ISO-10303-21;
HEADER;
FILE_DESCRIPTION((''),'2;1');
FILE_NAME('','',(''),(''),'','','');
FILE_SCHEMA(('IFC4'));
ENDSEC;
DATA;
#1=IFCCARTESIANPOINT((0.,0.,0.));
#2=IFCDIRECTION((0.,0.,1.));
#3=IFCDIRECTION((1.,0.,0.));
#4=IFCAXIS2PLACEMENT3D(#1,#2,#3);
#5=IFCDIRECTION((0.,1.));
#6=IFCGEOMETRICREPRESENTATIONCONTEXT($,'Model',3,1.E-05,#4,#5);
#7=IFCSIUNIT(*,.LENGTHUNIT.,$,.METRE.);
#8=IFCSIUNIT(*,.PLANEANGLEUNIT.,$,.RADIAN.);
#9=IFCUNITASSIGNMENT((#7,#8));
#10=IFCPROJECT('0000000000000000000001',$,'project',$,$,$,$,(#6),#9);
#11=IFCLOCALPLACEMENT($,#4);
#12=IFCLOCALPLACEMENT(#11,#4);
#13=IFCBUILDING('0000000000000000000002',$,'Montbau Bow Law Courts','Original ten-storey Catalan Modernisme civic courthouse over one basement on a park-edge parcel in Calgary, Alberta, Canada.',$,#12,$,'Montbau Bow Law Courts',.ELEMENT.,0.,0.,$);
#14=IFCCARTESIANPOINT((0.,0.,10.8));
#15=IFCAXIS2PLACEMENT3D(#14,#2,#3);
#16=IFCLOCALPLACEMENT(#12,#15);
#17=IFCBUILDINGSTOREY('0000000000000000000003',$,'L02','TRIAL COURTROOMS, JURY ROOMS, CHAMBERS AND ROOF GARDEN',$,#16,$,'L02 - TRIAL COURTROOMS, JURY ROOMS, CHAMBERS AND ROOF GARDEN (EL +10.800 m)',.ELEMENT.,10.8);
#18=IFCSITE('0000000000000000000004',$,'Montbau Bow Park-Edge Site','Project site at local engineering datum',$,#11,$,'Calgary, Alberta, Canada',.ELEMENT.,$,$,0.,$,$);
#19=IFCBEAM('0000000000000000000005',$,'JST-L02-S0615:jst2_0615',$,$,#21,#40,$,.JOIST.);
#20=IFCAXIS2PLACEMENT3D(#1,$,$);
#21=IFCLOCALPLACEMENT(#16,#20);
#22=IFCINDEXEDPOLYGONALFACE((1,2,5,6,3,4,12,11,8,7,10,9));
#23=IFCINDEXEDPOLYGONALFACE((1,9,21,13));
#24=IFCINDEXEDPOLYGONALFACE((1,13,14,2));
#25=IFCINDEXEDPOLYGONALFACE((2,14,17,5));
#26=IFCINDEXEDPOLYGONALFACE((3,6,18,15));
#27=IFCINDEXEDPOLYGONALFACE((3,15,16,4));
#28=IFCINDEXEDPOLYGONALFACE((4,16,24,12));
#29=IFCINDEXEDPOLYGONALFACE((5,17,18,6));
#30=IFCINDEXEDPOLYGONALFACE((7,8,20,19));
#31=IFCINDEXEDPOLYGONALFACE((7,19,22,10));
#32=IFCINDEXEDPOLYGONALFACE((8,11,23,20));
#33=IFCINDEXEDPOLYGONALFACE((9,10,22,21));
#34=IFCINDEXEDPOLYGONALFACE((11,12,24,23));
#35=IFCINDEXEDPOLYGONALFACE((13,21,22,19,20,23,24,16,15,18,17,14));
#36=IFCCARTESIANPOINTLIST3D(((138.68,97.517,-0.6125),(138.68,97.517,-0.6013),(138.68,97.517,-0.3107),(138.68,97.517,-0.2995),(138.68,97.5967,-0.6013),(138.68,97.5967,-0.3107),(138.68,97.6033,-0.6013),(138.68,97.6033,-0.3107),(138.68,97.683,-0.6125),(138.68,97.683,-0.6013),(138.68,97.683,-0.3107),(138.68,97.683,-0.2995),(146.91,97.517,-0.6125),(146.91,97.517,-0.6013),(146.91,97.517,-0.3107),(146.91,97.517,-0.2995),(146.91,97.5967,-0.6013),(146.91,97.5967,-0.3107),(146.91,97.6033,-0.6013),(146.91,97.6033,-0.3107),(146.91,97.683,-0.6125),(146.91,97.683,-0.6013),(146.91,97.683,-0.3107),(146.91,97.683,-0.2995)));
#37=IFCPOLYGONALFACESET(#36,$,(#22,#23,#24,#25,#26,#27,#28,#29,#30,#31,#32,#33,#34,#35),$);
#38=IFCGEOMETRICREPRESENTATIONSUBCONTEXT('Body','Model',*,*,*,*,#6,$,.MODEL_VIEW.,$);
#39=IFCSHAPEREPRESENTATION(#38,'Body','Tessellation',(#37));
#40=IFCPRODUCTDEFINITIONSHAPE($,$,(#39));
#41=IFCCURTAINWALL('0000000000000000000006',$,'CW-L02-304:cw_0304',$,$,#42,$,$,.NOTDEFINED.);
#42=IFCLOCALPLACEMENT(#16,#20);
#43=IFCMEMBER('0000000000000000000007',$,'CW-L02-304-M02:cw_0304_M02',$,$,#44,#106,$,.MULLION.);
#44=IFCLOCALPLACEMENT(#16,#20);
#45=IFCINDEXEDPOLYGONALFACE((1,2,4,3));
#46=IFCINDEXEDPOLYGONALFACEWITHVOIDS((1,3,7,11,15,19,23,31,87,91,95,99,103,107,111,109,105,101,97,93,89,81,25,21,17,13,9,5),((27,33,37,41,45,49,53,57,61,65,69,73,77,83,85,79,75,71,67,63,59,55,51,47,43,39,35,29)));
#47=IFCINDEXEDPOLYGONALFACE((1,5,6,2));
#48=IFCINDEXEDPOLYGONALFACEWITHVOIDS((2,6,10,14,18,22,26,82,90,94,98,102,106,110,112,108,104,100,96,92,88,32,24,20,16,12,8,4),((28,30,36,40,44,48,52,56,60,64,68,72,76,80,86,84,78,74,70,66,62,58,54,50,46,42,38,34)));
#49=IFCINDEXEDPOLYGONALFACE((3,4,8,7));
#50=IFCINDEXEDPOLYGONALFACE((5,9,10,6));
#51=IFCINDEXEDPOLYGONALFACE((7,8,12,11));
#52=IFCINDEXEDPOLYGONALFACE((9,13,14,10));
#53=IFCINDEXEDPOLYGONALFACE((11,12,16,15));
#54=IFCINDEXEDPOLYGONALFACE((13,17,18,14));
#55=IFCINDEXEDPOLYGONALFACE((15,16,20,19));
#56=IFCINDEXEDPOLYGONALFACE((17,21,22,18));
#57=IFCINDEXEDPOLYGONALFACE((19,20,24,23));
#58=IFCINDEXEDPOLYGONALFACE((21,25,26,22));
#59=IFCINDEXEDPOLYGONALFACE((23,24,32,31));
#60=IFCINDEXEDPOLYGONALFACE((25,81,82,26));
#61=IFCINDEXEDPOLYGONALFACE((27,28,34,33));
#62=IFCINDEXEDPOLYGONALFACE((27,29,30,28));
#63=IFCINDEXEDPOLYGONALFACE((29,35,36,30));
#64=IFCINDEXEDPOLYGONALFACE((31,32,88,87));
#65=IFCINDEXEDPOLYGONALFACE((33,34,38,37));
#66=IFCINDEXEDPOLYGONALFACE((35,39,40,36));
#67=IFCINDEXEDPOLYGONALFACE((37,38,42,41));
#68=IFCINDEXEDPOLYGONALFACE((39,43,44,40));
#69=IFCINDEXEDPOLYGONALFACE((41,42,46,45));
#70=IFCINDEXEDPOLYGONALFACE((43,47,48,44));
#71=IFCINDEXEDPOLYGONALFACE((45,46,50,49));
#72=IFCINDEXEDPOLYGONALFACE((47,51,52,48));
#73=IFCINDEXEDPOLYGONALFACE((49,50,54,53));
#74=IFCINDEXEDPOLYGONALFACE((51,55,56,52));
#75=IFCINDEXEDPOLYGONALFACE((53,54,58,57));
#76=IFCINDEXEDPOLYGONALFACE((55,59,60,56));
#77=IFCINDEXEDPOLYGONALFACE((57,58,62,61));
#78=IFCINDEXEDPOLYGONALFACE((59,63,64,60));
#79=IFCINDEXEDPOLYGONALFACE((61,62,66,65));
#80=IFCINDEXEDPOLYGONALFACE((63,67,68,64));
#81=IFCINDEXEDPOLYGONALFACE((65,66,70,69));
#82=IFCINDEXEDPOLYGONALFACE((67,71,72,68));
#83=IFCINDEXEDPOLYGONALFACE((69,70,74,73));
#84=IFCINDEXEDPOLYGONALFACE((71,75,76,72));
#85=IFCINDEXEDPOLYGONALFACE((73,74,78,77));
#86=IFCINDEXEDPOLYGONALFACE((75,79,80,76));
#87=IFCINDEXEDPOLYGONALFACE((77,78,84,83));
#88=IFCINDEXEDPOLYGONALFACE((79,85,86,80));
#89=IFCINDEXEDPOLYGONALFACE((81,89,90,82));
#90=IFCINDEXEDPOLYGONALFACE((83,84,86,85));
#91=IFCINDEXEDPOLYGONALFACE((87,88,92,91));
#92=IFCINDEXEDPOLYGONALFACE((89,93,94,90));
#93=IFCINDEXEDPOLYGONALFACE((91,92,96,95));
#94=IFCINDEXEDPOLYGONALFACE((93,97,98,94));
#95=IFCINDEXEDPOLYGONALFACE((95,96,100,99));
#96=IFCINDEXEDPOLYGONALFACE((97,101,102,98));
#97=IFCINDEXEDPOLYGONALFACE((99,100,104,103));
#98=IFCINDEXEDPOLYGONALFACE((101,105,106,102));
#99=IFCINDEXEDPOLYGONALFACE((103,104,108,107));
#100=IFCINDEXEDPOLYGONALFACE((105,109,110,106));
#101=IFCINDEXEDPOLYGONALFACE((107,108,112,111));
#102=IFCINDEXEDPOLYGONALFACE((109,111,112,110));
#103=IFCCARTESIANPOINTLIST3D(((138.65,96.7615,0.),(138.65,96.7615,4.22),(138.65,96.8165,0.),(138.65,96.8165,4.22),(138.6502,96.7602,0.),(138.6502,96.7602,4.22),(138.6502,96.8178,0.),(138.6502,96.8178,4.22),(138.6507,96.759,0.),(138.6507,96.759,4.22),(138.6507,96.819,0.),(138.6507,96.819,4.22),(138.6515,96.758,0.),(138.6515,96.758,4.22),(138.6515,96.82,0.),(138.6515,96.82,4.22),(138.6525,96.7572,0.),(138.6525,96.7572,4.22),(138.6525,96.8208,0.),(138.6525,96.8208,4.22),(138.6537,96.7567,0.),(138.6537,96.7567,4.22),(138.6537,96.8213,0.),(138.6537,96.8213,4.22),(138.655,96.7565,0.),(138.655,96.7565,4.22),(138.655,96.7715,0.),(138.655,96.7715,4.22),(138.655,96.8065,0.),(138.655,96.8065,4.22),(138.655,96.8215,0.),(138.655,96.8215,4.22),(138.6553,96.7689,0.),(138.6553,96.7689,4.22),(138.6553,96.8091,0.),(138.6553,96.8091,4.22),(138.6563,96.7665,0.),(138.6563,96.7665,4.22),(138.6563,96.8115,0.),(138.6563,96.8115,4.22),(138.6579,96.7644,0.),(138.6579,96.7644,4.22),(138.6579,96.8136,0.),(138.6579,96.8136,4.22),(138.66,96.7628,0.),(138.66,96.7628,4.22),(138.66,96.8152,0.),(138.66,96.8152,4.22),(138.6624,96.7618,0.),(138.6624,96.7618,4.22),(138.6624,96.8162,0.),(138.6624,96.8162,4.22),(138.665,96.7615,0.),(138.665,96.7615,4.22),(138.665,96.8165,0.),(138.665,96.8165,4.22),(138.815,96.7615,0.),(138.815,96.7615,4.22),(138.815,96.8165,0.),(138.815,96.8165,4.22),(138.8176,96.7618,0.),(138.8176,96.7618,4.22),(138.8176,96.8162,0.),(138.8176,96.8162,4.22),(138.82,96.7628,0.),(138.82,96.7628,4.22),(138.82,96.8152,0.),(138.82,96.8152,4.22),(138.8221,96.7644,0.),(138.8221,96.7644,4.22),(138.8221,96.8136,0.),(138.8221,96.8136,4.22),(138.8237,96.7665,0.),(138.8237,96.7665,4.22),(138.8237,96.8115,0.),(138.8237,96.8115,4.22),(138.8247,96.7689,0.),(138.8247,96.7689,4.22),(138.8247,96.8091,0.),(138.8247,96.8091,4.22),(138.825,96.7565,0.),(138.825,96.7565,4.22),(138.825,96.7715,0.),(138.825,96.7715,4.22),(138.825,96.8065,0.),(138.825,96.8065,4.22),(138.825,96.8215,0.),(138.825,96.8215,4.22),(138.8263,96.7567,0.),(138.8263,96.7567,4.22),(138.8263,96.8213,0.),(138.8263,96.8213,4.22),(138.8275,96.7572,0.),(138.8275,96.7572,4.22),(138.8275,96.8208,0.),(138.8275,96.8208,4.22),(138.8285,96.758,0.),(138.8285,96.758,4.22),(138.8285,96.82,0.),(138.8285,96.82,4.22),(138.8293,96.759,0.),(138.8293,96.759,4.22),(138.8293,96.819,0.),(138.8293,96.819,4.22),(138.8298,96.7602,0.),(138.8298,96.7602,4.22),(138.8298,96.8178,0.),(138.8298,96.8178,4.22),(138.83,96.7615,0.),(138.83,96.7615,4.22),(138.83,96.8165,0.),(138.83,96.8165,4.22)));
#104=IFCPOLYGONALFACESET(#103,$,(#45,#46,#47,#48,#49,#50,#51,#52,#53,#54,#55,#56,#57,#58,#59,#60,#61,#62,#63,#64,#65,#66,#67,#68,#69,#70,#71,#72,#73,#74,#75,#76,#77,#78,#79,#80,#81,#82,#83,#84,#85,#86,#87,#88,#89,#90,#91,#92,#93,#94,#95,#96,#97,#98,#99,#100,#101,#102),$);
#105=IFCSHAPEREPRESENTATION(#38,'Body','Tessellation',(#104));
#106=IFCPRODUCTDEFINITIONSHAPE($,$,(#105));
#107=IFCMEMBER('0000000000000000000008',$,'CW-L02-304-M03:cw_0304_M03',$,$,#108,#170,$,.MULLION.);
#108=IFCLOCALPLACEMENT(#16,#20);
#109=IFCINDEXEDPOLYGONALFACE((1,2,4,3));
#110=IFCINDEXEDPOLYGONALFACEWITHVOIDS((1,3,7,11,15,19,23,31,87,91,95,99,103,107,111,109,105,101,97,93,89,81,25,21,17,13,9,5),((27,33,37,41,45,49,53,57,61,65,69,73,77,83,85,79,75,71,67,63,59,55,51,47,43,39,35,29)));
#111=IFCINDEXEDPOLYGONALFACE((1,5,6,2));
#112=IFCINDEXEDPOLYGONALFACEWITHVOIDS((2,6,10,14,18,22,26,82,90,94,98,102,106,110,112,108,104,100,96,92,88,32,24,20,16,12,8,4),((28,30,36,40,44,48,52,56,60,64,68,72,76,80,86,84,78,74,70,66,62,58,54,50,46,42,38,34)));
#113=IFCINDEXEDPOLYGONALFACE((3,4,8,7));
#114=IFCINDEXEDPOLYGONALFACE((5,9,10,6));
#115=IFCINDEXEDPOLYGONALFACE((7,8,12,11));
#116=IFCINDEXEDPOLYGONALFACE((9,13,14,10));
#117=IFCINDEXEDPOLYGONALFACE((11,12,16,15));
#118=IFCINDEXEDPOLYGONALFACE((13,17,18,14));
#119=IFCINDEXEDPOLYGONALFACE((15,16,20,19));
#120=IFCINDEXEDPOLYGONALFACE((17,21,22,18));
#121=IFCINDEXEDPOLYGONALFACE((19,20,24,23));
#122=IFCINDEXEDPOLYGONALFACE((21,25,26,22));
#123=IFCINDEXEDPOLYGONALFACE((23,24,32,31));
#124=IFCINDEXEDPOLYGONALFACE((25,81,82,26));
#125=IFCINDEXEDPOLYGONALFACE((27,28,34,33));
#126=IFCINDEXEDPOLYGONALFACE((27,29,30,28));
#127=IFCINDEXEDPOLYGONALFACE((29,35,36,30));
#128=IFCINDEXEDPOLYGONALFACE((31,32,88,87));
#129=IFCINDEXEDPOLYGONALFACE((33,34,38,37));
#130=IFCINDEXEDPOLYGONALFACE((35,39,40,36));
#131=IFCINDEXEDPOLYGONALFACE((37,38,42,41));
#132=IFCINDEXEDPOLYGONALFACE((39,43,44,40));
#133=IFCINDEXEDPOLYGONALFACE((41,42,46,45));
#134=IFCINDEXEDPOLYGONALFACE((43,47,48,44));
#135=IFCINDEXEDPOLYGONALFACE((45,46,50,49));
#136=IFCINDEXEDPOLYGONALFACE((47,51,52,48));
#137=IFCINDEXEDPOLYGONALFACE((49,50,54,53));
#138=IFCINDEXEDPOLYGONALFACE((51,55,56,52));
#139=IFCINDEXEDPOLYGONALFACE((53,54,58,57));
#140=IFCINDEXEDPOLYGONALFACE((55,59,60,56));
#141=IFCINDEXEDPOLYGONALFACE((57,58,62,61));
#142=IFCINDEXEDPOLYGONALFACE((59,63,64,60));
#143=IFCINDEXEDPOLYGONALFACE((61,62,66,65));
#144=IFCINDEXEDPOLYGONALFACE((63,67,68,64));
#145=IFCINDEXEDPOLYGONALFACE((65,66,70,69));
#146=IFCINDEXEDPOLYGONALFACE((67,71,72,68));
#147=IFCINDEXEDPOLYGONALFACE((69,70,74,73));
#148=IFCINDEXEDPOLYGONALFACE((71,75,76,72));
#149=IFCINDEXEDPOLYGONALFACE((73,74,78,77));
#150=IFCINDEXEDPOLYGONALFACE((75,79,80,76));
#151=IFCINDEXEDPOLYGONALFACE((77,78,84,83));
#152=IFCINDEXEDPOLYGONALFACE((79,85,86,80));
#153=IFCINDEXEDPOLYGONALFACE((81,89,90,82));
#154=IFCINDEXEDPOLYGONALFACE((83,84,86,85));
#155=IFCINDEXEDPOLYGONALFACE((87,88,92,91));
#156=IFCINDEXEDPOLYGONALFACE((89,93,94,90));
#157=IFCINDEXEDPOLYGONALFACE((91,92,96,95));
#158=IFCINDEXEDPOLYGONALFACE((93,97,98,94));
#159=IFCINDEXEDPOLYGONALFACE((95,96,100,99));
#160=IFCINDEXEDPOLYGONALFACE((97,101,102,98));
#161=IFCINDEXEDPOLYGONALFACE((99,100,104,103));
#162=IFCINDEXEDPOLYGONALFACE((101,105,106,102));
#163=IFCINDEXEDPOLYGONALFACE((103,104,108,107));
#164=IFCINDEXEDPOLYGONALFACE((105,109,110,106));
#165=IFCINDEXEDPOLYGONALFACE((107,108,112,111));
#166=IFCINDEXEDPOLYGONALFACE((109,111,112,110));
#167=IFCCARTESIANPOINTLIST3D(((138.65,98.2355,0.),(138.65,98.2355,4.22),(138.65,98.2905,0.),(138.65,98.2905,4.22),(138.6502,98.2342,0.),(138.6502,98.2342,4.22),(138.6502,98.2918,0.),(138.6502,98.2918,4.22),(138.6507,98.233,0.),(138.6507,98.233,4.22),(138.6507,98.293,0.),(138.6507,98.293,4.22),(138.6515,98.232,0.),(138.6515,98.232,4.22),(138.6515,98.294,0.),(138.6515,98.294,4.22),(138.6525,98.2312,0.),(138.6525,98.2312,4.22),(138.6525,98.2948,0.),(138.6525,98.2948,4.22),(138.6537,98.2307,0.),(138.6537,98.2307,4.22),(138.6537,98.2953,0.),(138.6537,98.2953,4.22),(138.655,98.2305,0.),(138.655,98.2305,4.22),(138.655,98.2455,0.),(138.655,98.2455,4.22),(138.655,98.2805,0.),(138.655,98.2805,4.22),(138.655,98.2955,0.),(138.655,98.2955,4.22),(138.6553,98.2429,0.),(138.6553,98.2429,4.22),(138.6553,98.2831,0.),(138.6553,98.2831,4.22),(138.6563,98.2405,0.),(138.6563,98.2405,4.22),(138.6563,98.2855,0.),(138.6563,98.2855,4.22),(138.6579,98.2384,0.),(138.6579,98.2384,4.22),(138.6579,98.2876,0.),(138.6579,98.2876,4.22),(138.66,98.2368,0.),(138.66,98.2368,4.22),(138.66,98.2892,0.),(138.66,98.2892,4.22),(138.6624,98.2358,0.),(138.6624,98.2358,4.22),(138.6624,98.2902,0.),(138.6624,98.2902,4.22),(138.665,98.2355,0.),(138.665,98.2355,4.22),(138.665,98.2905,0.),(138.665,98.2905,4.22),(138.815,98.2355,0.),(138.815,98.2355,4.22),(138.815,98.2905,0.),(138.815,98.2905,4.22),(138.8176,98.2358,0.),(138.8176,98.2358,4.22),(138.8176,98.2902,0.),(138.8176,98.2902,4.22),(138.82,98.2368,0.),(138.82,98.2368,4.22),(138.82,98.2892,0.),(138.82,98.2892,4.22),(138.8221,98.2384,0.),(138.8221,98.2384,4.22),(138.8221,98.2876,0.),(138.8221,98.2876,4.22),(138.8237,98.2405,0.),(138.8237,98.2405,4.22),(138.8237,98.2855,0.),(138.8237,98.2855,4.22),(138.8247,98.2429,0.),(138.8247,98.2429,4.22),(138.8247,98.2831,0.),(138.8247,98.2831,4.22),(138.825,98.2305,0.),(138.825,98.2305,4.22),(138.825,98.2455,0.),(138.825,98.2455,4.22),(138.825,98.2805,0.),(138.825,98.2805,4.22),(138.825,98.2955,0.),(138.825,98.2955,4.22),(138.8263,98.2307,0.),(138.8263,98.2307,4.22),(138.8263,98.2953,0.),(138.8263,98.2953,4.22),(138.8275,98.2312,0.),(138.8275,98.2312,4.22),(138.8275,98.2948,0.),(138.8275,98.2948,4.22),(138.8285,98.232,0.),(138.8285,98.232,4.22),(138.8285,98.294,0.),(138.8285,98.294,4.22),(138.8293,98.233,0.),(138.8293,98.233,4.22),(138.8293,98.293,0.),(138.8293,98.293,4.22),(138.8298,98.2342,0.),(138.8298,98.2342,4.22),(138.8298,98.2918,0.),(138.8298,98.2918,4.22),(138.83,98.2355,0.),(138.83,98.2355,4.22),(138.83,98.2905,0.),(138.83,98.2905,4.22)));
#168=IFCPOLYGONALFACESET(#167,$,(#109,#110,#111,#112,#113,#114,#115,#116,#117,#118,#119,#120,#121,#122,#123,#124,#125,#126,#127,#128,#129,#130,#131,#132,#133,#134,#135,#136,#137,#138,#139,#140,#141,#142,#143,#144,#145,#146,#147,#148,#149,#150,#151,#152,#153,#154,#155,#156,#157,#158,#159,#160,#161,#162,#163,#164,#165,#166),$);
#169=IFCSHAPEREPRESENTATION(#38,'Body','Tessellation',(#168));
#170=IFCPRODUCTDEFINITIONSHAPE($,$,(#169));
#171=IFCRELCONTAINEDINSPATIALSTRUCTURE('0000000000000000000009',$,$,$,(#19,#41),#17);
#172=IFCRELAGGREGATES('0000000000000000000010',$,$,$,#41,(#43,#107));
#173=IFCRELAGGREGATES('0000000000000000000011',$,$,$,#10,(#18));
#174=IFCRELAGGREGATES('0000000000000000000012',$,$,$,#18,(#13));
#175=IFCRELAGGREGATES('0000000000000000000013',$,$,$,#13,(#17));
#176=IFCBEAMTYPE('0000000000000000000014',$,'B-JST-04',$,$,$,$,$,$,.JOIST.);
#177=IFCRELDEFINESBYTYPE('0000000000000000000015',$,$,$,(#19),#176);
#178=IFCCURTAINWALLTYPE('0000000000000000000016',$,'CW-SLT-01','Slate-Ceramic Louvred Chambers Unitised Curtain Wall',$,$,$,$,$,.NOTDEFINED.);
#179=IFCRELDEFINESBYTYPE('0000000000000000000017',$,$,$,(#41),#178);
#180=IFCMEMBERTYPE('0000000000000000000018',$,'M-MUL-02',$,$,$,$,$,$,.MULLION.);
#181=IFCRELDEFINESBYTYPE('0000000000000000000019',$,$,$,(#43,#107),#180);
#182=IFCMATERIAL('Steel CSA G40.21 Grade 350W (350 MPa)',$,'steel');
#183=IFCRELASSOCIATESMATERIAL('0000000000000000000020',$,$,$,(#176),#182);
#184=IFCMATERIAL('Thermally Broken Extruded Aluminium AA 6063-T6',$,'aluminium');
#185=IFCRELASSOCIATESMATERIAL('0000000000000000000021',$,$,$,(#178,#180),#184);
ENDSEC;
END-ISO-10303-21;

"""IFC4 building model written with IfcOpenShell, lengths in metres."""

from ifc_helpers import new_model, si_unit, direction, frame, origin_with_axes, origin_2d_with_axis, place, context, subcontext, project, spatial, hollow_rectangle, i_section, extrude, material, material_profile, profile_set, type_object, element, aggregate, save


model = new_model("IFC4")

# Units and contexts
model_context = context("Model", 3, precision=1e-05, world=origin_with_axes(), true_north=direction((0.0, 1.0)))
body_context = subcontext(model_context, "Body", "Model", "MODEL_VIEW")
ifc_project = project(units=[si_unit("LENGTHUNIT", "METRE"), si_unit("PLANEANGLEUNIT", "RADIAN")], contexts=[model_context])

# Site, building, storey
site_placement = place(None, origin_with_axes())
site = spatial("IfcSite", under=ifc_project, at=site_placement, Name="Montbau Bow Park-Edge Site", Description="Project site at local engineering datum", LongName="Calgary, Alberta, Canada", CompositionType="ELEMENT", RefElevation=0.0)
building_placement = place(site_placement, origin_with_axes())
building = spatial("IfcBuilding", under=site, at=building_placement, Name="Montbau Bow Law Courts", Description="Original ten-storey Catalan Modernisme civic courthouse over one basement on a park-edge parcel in Calgary, Alberta, Canada.", LongName="Montbau Bow Law Courts", CompositionType="ELEMENT", ElevationOfRefHeight=0.0, ElevationOfTerrain=0.0)
storey_placement = place(building_placement, frame((0.0, 0.0, 10.8), z_axis=(0.0, 0.0, 1.0), x_axis=(1.0, 0.0, 0.0)))
storey = spatial("IfcBuildingStorey", under=building, at=storey_placement, Name="L02", Description="TRIAL COURTROOMS, JURY ROOMS, CHAMBERS AND ROOF GARDEN", LongName="L02 - TRIAL COURTROOMS, JURY ROOMS, CHAMBERS AND ROOF GARDEN (EL +10.800 m)", CompositionType="ELEMENT", Elevation=10.8)

# Beam
ifc_material_1 = material(Name="Steel CSA G40.21 Grade 350W (350 MPa)", Category="steel")
ifc_material_profile_1 = material_profile(ifc_material_1, i_section(OverallWidth=0.166, OverallDepth=0.313, WebThickness=0.0066, FlangeThickness=0.0112, at=origin_2d_with_axis()), Name="W310X45", Category="Main", Priority=0)
ifc_profile_set_1 = profile_set([ifc_material_profile_1], Name="Steel CSA G40.21 Grade 350W (350 MPa)")
beam_type = type_object("IfcBeamType", Name="B-JST-04", PredefinedType="JOIST", material=ifc_profile_set_1)
beam_placement = place(None, frame((138.68, 97.6, 10.344), z_axis=(1.0, 0.0, 0.0), x_axis=(0.0, 1.0, 0.0)))
element("IfcBeam", 1, at=beam_placement, inside=storey, type_object=beam_type, Name="JST-L02-S0615:jst2_0615", PredefinedType="JOIST", context=body_context, shape_type="SweptSolid", body=[
    extrude(i_section(OverallWidth=0.166, OverallDepth=0.313, WebThickness=0.0066, FlangeThickness=0.0112, at=origin_2d_with_axis()), origin_with_axes(), (0.0, 0.0, 1.0), 8.23),
])

# Curtain wall, members
ifc_material_2 = material(Name="Thermally Broken Extruded Aluminium AA 6063-T6", Category="aluminium")
curtain_wall_type = type_object("IfcCurtainWallType", Name="CW-SLT-01", Description="Slate-Ceramic Louvred Chambers Unitised Curtain Wall", PredefinedType="NOTDEFINED", material=ifc_material_2)
curtain_wall_placement = place(None, frame((138.74, 95.315, 10.8), z_axis=(0.0, 0.0, 1.0), x_axis=(1.0, 0.0, 0.0)))
curtain_wall = element("IfcCurtainWall", 2, at=curtain_wall_placement, inside=storey, type_object=curtain_wall_type, Name="CW-L02-304:cw_0304", PredefinedType="NOTDEFINED")
ifc_material_profile_2 = material_profile(ifc_material_2, hollow_rectangle(XDim=0.065, YDim=0.18, WallThickness=0.005, InnerFilletRadius=0.01, OuterFilletRadius=0.005, at=origin_2d_with_axis()), Name="CWM-180X65", Category="Main", Priority=0)
ifc_profile_set_2 = profile_set([ifc_material_profile_2], Name="Thermally Broken Extruded Aluminium AA 6063-T6")
member_type_1 = type_object("IfcMemberType", Name="M-MUL-02", PredefinedType="MULLION", material=ifc_profile_set_2)
member_1_placement = place(None, frame((138.74, 96.789, 10.8), z_axis=(0.0, 0.0, 1.0), x_axis=(0.0, 1.0, 0.0)))
member_1 = element("IfcMember", 3, at=member_1_placement, type_object=member_type_1, Name="CW-L02-304-M02:cw_0304_M02", PredefinedType="MULLION", context=body_context, shape_type="SweptSolid", body=[
    extrude(hollow_rectangle(XDim=0.065, YDim=0.18, WallThickness=0.005, InnerFilletRadius=0.01, OuterFilletRadius=0.005, at=origin_2d_with_axis()), origin_with_axes(), (0.0, 0.0, 1.0), 4.22),
])
member_2_placement = place(None, frame((138.74, 98.263, 10.8), z_axis=(0.0, 0.0, 1.0), x_axis=(0.0, 1.0, 0.0)))
member_2 = element("IfcMember", 4, at=member_2_placement, type_object=member_type_1, Name="CW-L02-304-M03:cw_0304_M03", PredefinedType="MULLION", context=body_context, shape_type="SweptSolid", body=[
    extrude(hollow_rectangle(XDim=0.065, YDim=0.18, WallThickness=0.005, InnerFilletRadius=0.01, OuterFilletRadius=0.005, at=origin_2d_with_axis()), origin_with_axes(), (0.0, 0.0, 1.0), 4.22),
])
aggregate(curtain_wall, [member_1, member_2])

save(model, "model.ifc")
